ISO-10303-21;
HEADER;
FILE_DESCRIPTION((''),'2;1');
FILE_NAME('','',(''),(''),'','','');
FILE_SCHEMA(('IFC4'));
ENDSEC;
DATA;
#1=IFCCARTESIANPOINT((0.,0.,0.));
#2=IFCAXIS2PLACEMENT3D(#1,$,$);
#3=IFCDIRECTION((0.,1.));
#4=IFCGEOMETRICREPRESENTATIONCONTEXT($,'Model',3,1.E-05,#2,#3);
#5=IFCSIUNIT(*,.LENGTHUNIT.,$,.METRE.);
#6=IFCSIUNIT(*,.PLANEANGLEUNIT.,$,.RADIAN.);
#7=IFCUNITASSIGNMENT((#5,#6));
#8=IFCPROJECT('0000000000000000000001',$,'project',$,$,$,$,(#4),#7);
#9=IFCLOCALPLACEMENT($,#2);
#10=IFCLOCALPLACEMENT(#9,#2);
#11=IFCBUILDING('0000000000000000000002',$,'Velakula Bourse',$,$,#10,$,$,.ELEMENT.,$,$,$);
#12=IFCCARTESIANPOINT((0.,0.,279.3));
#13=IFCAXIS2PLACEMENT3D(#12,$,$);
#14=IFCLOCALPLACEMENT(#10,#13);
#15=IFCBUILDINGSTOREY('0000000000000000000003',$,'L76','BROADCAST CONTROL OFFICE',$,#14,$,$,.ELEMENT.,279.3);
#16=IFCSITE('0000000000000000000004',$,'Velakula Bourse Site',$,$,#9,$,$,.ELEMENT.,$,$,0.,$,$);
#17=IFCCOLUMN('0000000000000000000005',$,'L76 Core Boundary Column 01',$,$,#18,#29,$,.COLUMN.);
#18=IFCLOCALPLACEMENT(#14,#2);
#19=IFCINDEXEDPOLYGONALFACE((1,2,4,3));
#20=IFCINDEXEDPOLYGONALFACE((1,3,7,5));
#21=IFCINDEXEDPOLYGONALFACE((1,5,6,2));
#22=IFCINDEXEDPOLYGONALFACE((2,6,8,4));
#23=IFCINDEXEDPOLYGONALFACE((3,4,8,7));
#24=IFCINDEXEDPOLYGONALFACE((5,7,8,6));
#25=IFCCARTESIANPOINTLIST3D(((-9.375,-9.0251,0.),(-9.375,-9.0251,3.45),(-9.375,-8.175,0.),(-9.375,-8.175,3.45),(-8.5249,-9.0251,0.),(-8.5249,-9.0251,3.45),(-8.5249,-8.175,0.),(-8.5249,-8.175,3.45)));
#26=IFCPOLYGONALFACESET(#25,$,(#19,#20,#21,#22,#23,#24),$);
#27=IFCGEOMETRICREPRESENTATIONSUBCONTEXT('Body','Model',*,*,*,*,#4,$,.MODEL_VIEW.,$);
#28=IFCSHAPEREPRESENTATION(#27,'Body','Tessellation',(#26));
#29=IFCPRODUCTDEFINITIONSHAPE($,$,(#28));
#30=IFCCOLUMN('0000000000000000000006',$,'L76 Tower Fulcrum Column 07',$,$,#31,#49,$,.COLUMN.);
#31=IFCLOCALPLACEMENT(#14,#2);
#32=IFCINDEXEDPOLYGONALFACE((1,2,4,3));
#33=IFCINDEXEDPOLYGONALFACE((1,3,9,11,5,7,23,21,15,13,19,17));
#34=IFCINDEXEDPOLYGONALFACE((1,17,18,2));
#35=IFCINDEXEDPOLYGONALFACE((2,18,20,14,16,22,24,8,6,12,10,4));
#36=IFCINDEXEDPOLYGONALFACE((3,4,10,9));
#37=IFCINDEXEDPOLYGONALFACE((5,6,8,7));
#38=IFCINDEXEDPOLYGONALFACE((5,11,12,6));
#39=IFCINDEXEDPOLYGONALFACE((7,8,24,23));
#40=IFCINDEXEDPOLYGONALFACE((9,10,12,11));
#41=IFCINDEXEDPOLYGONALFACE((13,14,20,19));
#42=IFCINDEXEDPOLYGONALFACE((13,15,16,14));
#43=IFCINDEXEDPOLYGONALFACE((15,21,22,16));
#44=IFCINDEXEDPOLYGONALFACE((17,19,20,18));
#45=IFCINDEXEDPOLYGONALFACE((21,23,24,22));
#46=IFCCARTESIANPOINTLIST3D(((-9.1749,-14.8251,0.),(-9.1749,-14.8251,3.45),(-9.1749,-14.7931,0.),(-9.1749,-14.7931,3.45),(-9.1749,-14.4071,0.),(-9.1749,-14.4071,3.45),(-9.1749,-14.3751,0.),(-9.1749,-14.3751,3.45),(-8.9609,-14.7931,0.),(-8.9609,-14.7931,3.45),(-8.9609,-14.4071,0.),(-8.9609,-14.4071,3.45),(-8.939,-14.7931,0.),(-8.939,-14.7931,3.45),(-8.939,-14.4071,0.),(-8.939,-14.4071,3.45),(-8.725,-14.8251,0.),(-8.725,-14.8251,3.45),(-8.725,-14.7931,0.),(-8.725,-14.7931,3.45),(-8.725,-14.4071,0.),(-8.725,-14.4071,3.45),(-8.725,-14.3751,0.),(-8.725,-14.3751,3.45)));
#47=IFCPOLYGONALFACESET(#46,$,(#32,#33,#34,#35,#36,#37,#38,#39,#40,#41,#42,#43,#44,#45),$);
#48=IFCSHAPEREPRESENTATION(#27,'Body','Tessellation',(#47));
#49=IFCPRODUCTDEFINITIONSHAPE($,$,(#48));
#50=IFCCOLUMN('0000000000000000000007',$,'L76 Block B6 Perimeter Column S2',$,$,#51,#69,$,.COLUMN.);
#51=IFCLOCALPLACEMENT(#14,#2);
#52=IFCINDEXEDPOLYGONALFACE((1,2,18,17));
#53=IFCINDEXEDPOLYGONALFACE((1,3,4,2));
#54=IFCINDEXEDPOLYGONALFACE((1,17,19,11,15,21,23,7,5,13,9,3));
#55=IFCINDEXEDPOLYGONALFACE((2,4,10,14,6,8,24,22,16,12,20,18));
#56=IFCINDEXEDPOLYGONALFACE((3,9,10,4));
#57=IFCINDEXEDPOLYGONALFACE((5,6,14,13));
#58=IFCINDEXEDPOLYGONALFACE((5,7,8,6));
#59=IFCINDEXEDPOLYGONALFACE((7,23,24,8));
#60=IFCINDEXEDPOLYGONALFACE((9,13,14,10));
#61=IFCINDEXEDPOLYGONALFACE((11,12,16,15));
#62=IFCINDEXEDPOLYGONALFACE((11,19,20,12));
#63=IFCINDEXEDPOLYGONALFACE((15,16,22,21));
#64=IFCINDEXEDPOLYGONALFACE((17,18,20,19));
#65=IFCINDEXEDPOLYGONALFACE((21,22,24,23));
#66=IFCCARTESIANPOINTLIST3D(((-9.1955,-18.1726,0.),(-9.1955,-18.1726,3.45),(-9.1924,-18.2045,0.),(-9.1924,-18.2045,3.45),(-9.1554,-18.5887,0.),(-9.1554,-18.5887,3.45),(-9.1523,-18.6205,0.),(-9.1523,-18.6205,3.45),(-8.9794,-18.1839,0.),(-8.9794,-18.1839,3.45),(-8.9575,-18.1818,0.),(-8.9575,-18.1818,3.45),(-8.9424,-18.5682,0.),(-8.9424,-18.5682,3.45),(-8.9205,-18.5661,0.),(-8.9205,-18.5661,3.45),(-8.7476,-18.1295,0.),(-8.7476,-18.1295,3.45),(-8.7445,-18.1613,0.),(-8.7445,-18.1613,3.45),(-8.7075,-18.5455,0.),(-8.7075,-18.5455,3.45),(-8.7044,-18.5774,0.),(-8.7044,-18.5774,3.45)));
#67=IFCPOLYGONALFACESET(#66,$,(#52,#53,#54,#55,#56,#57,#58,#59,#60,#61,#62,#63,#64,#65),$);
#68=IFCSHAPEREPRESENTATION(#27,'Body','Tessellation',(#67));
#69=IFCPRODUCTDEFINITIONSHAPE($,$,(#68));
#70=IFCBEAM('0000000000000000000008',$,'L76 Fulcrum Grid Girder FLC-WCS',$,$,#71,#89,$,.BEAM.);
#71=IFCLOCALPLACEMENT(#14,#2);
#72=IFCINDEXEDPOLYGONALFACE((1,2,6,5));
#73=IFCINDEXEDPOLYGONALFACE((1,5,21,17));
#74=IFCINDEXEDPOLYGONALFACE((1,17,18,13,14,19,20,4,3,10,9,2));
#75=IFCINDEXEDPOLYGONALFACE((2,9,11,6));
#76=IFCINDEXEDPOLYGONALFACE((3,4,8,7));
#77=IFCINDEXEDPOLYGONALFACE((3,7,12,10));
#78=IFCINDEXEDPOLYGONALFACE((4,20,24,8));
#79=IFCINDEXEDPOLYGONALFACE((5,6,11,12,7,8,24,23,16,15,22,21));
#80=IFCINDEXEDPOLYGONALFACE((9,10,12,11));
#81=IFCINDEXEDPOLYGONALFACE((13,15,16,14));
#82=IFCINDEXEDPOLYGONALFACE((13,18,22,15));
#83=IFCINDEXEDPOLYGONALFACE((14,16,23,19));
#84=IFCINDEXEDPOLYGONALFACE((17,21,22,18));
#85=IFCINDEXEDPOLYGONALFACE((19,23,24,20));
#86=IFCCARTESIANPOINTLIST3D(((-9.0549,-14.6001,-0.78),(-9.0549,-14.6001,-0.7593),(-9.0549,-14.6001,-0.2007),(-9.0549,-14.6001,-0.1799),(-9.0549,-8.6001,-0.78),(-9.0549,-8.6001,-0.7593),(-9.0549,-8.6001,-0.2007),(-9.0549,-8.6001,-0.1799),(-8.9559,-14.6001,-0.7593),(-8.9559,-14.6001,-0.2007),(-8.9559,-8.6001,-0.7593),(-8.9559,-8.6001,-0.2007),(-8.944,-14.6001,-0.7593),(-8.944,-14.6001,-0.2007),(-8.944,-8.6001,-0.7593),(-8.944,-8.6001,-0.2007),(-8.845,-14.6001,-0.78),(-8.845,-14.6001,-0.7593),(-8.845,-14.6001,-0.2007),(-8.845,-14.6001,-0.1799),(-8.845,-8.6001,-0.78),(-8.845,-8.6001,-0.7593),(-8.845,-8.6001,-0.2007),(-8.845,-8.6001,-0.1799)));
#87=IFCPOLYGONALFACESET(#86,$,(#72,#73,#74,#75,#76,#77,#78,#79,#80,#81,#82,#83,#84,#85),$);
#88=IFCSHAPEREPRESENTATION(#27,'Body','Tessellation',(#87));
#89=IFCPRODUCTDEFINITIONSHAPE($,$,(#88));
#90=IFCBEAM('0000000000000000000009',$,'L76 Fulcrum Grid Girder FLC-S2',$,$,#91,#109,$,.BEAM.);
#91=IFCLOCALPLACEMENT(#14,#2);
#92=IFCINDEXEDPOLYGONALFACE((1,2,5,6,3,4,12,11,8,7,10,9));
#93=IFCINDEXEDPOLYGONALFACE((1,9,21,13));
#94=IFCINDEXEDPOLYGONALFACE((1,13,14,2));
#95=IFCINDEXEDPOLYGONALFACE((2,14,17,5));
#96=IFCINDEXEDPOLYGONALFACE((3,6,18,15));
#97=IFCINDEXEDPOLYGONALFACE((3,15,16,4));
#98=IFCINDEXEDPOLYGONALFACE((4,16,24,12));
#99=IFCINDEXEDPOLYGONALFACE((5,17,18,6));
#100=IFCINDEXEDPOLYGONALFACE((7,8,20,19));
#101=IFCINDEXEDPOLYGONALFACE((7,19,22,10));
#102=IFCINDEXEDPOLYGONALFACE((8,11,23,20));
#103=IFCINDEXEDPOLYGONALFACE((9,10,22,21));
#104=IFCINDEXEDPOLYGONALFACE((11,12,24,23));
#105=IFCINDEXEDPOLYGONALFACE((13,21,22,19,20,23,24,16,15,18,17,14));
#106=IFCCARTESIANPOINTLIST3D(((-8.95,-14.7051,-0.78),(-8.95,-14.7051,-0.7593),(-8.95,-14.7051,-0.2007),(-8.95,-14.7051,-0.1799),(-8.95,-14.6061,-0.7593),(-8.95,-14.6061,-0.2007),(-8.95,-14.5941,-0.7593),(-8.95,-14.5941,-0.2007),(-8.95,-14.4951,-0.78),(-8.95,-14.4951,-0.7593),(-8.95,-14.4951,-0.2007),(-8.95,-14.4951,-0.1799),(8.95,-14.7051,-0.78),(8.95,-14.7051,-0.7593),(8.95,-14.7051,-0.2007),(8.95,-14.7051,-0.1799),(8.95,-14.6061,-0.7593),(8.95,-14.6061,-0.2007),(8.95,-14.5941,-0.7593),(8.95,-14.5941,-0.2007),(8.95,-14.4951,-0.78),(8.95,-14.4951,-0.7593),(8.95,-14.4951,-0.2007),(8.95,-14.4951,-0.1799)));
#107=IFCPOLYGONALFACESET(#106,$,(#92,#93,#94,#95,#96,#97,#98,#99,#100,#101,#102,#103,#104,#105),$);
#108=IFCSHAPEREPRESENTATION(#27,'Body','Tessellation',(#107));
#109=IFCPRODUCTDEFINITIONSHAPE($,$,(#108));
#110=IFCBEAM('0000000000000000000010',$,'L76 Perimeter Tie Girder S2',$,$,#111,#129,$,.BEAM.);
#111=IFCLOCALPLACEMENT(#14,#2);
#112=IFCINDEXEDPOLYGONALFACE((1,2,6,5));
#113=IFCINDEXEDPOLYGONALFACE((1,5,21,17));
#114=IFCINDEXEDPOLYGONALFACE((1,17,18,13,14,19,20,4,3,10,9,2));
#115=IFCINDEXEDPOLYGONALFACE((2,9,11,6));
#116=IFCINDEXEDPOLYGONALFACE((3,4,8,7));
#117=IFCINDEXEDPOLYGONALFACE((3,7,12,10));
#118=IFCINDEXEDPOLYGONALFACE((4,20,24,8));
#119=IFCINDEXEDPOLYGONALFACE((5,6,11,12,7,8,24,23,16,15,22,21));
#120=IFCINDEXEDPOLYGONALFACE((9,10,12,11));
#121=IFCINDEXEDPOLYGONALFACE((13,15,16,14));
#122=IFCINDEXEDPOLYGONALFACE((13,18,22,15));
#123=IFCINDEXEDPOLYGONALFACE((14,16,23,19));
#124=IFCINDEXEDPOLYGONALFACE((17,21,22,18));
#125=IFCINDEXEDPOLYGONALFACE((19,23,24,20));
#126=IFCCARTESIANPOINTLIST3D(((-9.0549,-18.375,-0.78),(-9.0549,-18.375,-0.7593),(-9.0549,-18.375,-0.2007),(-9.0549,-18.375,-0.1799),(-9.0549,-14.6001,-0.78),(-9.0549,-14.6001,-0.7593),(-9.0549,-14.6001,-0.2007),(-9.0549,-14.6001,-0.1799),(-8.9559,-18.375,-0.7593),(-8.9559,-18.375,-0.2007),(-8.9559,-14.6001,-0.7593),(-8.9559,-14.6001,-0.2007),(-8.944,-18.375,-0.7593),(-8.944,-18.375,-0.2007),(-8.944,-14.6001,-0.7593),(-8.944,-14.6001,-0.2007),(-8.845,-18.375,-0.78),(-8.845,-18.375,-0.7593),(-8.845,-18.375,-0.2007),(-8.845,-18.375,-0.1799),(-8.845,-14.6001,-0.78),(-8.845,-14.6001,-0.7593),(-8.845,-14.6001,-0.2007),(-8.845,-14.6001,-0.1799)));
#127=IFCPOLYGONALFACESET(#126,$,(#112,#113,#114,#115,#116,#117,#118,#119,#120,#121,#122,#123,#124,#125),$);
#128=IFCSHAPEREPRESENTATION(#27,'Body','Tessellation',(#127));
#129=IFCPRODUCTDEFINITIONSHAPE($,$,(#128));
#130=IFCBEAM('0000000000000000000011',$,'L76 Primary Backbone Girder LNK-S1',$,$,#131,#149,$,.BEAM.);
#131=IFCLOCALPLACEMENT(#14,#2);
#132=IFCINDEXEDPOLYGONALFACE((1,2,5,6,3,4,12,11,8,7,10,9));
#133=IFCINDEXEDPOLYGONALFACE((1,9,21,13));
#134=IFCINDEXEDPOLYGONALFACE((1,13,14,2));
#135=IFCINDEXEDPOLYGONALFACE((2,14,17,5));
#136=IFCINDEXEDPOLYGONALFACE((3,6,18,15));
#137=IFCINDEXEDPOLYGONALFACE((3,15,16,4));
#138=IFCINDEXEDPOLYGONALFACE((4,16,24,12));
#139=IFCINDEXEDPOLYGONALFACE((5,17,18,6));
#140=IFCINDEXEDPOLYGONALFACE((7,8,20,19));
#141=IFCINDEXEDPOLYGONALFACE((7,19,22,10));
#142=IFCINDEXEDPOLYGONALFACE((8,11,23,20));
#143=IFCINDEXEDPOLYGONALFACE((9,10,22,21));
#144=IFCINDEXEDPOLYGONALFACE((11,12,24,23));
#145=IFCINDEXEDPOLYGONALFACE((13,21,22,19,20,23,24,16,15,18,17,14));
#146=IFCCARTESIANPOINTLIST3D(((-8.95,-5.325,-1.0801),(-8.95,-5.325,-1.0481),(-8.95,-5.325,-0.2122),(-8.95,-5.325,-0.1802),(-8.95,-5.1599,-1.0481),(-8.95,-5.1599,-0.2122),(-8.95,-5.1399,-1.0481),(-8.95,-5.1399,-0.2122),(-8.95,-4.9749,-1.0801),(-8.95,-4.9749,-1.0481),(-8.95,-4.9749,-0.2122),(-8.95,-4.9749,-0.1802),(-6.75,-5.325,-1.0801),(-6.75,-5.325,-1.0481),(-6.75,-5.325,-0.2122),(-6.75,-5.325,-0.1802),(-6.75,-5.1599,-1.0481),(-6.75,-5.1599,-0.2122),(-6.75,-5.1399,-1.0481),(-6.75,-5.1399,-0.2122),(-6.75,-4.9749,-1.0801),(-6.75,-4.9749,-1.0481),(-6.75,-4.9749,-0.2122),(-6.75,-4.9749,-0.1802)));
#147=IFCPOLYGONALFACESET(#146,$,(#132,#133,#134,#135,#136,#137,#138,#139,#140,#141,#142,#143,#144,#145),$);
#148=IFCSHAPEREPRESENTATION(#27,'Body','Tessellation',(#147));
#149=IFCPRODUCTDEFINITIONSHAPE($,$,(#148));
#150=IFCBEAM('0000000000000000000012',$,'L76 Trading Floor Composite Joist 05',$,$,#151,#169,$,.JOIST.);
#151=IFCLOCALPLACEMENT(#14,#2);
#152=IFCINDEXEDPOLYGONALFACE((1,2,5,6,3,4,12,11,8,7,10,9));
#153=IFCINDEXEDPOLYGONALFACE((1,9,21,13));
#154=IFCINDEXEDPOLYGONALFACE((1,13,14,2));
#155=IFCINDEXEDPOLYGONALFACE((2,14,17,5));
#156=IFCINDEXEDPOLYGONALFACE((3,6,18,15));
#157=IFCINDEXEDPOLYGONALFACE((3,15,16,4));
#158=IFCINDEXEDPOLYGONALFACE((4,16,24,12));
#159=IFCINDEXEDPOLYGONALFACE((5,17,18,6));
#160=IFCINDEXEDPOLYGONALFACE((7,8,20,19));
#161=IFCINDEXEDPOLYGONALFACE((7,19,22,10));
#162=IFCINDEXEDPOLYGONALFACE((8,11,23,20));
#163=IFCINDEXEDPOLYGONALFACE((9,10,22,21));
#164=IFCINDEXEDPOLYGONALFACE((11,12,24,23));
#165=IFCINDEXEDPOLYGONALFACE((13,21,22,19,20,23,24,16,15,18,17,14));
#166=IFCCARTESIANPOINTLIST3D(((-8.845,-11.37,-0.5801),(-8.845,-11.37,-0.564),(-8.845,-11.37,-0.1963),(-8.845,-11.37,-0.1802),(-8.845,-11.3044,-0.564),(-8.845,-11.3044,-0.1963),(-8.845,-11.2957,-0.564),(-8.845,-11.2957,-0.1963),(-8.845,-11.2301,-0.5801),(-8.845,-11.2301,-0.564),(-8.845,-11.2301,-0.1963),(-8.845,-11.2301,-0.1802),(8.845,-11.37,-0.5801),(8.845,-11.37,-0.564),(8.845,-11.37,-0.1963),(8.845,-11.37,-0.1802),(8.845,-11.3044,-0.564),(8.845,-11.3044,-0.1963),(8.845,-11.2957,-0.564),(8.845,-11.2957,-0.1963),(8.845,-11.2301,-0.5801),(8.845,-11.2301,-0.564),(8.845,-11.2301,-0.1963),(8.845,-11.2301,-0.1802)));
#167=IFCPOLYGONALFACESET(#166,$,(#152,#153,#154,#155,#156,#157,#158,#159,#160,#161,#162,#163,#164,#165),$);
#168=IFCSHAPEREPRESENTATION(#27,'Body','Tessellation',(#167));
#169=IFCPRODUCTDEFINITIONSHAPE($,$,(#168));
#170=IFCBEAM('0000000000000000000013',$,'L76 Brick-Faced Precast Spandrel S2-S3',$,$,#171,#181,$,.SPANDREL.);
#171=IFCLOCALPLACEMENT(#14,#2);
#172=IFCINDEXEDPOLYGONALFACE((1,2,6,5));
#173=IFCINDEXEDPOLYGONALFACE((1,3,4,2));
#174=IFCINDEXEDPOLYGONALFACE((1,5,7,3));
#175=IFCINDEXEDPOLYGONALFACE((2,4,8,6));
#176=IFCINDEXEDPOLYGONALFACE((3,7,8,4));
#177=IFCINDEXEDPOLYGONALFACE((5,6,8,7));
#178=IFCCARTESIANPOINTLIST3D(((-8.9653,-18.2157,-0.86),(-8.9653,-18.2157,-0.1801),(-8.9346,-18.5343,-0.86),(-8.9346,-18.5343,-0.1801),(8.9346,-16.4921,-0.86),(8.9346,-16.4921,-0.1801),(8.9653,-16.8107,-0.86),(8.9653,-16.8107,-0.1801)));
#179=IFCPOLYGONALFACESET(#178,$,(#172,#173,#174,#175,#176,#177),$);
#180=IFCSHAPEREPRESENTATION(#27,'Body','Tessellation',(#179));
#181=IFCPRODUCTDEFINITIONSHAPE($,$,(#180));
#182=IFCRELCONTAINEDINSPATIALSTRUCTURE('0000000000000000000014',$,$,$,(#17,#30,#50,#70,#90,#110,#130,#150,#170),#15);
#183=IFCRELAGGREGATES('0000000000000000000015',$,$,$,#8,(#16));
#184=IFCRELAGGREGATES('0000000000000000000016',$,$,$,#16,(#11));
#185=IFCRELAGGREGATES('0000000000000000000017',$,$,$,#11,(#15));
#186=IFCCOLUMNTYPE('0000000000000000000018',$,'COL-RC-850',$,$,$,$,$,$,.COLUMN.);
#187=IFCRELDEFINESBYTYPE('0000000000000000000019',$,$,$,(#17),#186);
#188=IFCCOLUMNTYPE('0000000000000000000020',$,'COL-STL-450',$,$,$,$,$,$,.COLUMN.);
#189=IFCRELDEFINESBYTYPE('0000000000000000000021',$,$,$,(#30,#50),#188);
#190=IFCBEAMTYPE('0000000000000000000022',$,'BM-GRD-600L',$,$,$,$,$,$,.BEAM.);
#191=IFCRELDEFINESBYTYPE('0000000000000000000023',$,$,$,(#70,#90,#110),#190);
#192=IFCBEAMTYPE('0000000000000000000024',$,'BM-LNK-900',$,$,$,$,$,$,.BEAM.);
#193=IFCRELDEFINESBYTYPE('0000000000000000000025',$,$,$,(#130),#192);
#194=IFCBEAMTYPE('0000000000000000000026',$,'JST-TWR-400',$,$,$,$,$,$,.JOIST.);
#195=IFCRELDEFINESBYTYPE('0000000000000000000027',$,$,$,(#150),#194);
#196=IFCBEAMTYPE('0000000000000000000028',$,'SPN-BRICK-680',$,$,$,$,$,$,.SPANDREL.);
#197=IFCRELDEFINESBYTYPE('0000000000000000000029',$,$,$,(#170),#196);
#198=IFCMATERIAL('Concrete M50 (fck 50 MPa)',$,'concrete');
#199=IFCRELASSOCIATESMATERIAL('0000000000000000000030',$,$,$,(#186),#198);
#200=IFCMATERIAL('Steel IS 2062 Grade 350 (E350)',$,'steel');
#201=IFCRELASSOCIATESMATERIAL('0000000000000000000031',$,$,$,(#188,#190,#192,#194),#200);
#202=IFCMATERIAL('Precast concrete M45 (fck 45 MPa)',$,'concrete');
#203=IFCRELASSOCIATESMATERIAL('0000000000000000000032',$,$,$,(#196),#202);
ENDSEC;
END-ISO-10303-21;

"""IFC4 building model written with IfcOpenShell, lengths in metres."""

from ifc_helpers import new_model, si_unit, direction, frame, origin, origin_2d, place, context, subcontext, project, spatial, rectangle, i_section, extrude, material, material_profile, profile_set, type_object, element, save


model = new_model("IFC4")

# Units and contexts
model_context = context("Model", 3, precision=1e-05, world=origin(), true_north=direction((0.0, 1.0)))
body_context = subcontext(model_context, "Body", "Model", "MODEL_VIEW")
ifc_project = project(units=[si_unit("LENGTHUNIT", "METRE"), si_unit("PLANEANGLEUNIT", "RADIAN")], contexts=[model_context])

# Site, building, storey
site_placement = place(None, origin())
site = spatial("IfcSite", under=ifc_project, at=site_placement, Name="Velakula Bourse Site", CompositionType="ELEMENT", RefElevation=0.0)
building_placement = place(site_placement, origin())
building = spatial("IfcBuilding", under=site, at=building_placement, Name="Velakula Bourse", CompositionType="ELEMENT")
storey_placement = place(building_placement, frame((0.0, 0.0, 279.3)))
storey = spatial("IfcBuildingStorey", under=building, at=storey_placement, Name="L76", Description="BROADCAST CONTROL OFFICE", CompositionType="ELEMENT", Elevation=279.3)

# Columns
ifc_material_1 = material(Name="Concrete M50 (fck 50 MPa)", Category="concrete")
ifc_material_profile_1 = material_profile(ifc_material_1, rectangle(XDim=0.8501, YDim=0.8501, at=origin_2d()), Name="Concrete M50 (fck 50 MPa)")
ifc_profile_set_1 = profile_set([ifc_material_profile_1], Name="Concrete M50 (fck 50 MPa)")
column_type_1 = type_object("IfcColumnType", Name="COL-RC-850", PredefinedType="COLUMN", material=ifc_profile_set_1)
column_placement = place(storey_placement, frame((-8.95, -8.6001, 0.0), z_axis=(0.0, 0.0, 1.0), x_axis=(1.0, 0.0, 0.0)))
element("IfcColumn", 1, at=column_placement, inside=storey, type_object=column_type_1, Name="L76 Core Boundary Column 01", PredefinedType="COLUMN", context=body_context, shape_type="SweptSolid", body=[
    extrude(rectangle(XDim=0.8501, YDim=0.8501, at=origin_2d()), origin(), (0.0, 0.0, 1.0), 3.45),
])
ifc_material_2 = material(Name="Steel IS 2062 Grade 350 (E350)", Category="steel")
ifc_material_profile_2 = material_profile(ifc_material_2, i_section(OverallWidth=0.45, OverallDepth=0.45, WebThickness=0.022, FlangeThickness=0.032, at=origin_2d()), Name="Steel IS 2062 Grade 350 (E350)")
ifc_profile_set_2 = profile_set([ifc_material_profile_2], Name="Steel IS 2062 Grade 350 (E350)")
column_type_2 = type_object("IfcColumnType", Name="COL-STL-450", PredefinedType="COLUMN", material=ifc_profile_set_2)
for number, where, z_axis, x_axis, name in (
    (2, (-8.95, -14.6001, 0.0), (0.0, 0.0, 1.0), (1.0, 0.0, 0.0), "L76 Tower Fulcrum Column 07"),
    (3, (-8.95, -18.375, 0.0), (0.0, 0.0, 1.0), (0.995396, 0.095846, 0.0), "L76 Block B6 Perimeter Column S2"),
):
    element("IfcColumn", number, at=place(storey_placement, frame(where, z_axis=z_axis, x_axis=x_axis)), inside=storey, type_object=column_type_2, Name=name, PredefinedType="COLUMN", context=body_context, shape_type="SweptSolid", body=[
        extrude(i_section(OverallWidth=0.45, OverallDepth=0.45, WebThickness=0.022, FlangeThickness=0.032, at=origin_2d()), origin(), (0.0, 0.0, 1.0), 3.45),
    ])

# Beams
ifc_material_profile_3 = material_profile(ifc_material_2, i_section(OverallWidth=0.21, OverallDepth=0.6001, WebThickness=0.012, FlangeThickness=0.0208, at=origin_2d()), Name="Steel IS 2062 Grade 350 (E350)")
ifc_profile_set_3 = profile_set([ifc_material_profile_3], Name="Steel IS 2062 Grade 350 (E350)")
beam_type_1 = type_object("IfcBeamType", Name="BM-GRD-600L", PredefinedType="BEAM", material=ifc_profile_set_3)
beam_1_placement = place(storey_placement, frame((-8.95, -14.6001, -0.48), z_axis=(0.0, 1.0, 0.0), x_axis=(-1.0, 0.0, 0.0)))
element("IfcBeam", 4, at=beam_1_placement, inside=storey, type_object=beam_type_1, Name="L76 Fulcrum Grid Girder FLC-WCS", PredefinedType="BEAM", context=body_context, shape_type="SweptSolid", body=[
    extrude(i_section(OverallWidth=0.21, OverallDepth=0.6001, WebThickness=0.012, FlangeThickness=0.0208, at=origin_2d()), origin(), (0.0, 0.0, 1.0), 6.0),
])
beam_2_placement = place(storey_placement, frame((-8.95, -14.6001, -0.48), z_axis=(1.0, 0.0, 0.0), x_axis=(0.0, 1.0, 0.0)))
element("IfcBeam", 5, at=beam_2_placement, inside=storey, type_object=beam_type_1, Name="L76 Fulcrum Grid Girder FLC-S2", PredefinedType="BEAM", context=body_context, shape_type="SweptSolid", body=[
    extrude(i_section(OverallWidth=0.21, OverallDepth=0.6001, WebThickness=0.012, FlangeThickness=0.0208, at=origin_2d()), origin(), (0.0, 0.0, 1.0), 17.8999),
])
beam_3_placement = place(storey_placement, frame((-8.95, -14.6001, -0.48), z_axis=(0.0, -1.0, 0.0), x_axis=(1.0, 0.0, 0.0)))
element("IfcBeam", 6, at=beam_3_placement, inside=storey, type_object=beam_type_1, Name="L76 Perimeter Tie Girder S2", PredefinedType="BEAM", context=body_context, shape_type="SweptSolid", body=[
    extrude(i_section(OverallWidth=0.21, OverallDepth=0.6001, WebThickness=0.012, FlangeThickness=0.0208, at=origin_2d()), origin(), (0.0, 0.0, 1.0), 3.7749),
])
ifc_material_profile_4 = material_profile(ifc_material_2, i_section(OverallWidth=0.3501, OverallDepth=0.8999, WebThickness=0.02, FlangeThickness=0.032, at=origin_2d()), Name="Steel IS 2062 Grade 350 (E350)")
ifc_profile_set_4 = profile_set([ifc_material_profile_4], Name="Steel IS 2062 Grade 350 (E350)")
beam_type_2 = type_object("IfcBeamType", Name="BM-LNK-900", PredefinedType="BEAM", material=ifc_profile_set_4)
beam_4_placement = place(storey_placement, frame((-8.95, -5.1499, -0.6301), z_axis=(1.0, 0.0, 0.0), x_axis=(0.0, 1.0, 0.0)))
element("IfcBeam", 7, at=beam_4_placement, inside=storey, type_object=beam_type_2, Name="L76 Primary Backbone Girder LNK-S1", PredefinedType="BEAM", context=body_context, shape_type="SweptSolid", body=[
    extrude(i_section(OverallWidth=0.3501, OverallDepth=0.8999, WebThickness=0.02, FlangeThickness=0.032, at=origin_2d()), origin(), (0.0, 0.0, 1.0), 2.2),
])
ifc_material_profile_5 = material_profile(ifc_material_2, i_section(OverallWidth=0.1399, OverallDepth=0.3999, WebThickness=0.0088, FlangeThickness=0.0161, at=origin_2d()), Name="Steel IS 2062 Grade 350 (E350)")
ifc_profile_set_5 = profile_set([ifc_material_profile_5], Name="Steel IS 2062 Grade 350 (E350)")
beam_type_3 = type_object("IfcBeamType", Name="JST-TWR-400", PredefinedType="JOIST", material=ifc_profile_set_5)
beam_5_placement = place(storey_placement, frame((-8.845, -11.3, -0.3801), z_axis=(1.0, 0.0, 0.0), x_axis=(0.0, 1.0, 0.0)))
element("IfcBeam", 8, at=beam_5_placement, inside=storey, type_object=beam_type_3, Name="L76 Trading Floor Composite Joist 05", PredefinedType="JOIST", context=body_context, shape_type="SweptSolid", body=[
    extrude(i_section(OverallWidth=0.1399, OverallDepth=0.3999, WebThickness=0.0088, FlangeThickness=0.0161, at=origin_2d()), origin(), (0.0, 0.0, 1.0), 17.6899),
])
ifc_material_3 = material(Name="Precast concrete M45 (fck 45 MPa)", Category="concrete")
ifc_material_profile_6 = material_profile(ifc_material_3, rectangle(XDim=0.3201, YDim=0.6799, at=origin_2d()), Name="Precast concrete M45 (fck 45 MPa)")
ifc_profile_set_6 = profile_set([ifc_material_profile_6], Name="Precast concrete M45 (fck 45 MPa)")
beam_type_4 = type_object("IfcBeamType", Name="SPN-BRICK-680", PredefinedType="SPANDREL", material=ifc_profile_set_6)
beam_6_placement = place(storey_placement, frame((-8.95, -18.375, -0.52), z_axis=(0.995396, 0.09585, 0.0), x_axis=(-0.09585, 0.995396, 0.0)))
element("IfcBeam", 9, at=beam_6_placement, inside=storey, type_object=beam_type_4, Name="L76 Brick-Faced Precast Spandrel S2-S3", PredefinedType="SPANDREL", context=body_context, shape_type="SweptSolid", body=[
    extrude(rectangle(XDim=0.3201, YDim=0.6799, at=origin_2d()), origin(), (0.0, 0.0, 1.0), 17.9827),
])

save(model, "model.ifc")
